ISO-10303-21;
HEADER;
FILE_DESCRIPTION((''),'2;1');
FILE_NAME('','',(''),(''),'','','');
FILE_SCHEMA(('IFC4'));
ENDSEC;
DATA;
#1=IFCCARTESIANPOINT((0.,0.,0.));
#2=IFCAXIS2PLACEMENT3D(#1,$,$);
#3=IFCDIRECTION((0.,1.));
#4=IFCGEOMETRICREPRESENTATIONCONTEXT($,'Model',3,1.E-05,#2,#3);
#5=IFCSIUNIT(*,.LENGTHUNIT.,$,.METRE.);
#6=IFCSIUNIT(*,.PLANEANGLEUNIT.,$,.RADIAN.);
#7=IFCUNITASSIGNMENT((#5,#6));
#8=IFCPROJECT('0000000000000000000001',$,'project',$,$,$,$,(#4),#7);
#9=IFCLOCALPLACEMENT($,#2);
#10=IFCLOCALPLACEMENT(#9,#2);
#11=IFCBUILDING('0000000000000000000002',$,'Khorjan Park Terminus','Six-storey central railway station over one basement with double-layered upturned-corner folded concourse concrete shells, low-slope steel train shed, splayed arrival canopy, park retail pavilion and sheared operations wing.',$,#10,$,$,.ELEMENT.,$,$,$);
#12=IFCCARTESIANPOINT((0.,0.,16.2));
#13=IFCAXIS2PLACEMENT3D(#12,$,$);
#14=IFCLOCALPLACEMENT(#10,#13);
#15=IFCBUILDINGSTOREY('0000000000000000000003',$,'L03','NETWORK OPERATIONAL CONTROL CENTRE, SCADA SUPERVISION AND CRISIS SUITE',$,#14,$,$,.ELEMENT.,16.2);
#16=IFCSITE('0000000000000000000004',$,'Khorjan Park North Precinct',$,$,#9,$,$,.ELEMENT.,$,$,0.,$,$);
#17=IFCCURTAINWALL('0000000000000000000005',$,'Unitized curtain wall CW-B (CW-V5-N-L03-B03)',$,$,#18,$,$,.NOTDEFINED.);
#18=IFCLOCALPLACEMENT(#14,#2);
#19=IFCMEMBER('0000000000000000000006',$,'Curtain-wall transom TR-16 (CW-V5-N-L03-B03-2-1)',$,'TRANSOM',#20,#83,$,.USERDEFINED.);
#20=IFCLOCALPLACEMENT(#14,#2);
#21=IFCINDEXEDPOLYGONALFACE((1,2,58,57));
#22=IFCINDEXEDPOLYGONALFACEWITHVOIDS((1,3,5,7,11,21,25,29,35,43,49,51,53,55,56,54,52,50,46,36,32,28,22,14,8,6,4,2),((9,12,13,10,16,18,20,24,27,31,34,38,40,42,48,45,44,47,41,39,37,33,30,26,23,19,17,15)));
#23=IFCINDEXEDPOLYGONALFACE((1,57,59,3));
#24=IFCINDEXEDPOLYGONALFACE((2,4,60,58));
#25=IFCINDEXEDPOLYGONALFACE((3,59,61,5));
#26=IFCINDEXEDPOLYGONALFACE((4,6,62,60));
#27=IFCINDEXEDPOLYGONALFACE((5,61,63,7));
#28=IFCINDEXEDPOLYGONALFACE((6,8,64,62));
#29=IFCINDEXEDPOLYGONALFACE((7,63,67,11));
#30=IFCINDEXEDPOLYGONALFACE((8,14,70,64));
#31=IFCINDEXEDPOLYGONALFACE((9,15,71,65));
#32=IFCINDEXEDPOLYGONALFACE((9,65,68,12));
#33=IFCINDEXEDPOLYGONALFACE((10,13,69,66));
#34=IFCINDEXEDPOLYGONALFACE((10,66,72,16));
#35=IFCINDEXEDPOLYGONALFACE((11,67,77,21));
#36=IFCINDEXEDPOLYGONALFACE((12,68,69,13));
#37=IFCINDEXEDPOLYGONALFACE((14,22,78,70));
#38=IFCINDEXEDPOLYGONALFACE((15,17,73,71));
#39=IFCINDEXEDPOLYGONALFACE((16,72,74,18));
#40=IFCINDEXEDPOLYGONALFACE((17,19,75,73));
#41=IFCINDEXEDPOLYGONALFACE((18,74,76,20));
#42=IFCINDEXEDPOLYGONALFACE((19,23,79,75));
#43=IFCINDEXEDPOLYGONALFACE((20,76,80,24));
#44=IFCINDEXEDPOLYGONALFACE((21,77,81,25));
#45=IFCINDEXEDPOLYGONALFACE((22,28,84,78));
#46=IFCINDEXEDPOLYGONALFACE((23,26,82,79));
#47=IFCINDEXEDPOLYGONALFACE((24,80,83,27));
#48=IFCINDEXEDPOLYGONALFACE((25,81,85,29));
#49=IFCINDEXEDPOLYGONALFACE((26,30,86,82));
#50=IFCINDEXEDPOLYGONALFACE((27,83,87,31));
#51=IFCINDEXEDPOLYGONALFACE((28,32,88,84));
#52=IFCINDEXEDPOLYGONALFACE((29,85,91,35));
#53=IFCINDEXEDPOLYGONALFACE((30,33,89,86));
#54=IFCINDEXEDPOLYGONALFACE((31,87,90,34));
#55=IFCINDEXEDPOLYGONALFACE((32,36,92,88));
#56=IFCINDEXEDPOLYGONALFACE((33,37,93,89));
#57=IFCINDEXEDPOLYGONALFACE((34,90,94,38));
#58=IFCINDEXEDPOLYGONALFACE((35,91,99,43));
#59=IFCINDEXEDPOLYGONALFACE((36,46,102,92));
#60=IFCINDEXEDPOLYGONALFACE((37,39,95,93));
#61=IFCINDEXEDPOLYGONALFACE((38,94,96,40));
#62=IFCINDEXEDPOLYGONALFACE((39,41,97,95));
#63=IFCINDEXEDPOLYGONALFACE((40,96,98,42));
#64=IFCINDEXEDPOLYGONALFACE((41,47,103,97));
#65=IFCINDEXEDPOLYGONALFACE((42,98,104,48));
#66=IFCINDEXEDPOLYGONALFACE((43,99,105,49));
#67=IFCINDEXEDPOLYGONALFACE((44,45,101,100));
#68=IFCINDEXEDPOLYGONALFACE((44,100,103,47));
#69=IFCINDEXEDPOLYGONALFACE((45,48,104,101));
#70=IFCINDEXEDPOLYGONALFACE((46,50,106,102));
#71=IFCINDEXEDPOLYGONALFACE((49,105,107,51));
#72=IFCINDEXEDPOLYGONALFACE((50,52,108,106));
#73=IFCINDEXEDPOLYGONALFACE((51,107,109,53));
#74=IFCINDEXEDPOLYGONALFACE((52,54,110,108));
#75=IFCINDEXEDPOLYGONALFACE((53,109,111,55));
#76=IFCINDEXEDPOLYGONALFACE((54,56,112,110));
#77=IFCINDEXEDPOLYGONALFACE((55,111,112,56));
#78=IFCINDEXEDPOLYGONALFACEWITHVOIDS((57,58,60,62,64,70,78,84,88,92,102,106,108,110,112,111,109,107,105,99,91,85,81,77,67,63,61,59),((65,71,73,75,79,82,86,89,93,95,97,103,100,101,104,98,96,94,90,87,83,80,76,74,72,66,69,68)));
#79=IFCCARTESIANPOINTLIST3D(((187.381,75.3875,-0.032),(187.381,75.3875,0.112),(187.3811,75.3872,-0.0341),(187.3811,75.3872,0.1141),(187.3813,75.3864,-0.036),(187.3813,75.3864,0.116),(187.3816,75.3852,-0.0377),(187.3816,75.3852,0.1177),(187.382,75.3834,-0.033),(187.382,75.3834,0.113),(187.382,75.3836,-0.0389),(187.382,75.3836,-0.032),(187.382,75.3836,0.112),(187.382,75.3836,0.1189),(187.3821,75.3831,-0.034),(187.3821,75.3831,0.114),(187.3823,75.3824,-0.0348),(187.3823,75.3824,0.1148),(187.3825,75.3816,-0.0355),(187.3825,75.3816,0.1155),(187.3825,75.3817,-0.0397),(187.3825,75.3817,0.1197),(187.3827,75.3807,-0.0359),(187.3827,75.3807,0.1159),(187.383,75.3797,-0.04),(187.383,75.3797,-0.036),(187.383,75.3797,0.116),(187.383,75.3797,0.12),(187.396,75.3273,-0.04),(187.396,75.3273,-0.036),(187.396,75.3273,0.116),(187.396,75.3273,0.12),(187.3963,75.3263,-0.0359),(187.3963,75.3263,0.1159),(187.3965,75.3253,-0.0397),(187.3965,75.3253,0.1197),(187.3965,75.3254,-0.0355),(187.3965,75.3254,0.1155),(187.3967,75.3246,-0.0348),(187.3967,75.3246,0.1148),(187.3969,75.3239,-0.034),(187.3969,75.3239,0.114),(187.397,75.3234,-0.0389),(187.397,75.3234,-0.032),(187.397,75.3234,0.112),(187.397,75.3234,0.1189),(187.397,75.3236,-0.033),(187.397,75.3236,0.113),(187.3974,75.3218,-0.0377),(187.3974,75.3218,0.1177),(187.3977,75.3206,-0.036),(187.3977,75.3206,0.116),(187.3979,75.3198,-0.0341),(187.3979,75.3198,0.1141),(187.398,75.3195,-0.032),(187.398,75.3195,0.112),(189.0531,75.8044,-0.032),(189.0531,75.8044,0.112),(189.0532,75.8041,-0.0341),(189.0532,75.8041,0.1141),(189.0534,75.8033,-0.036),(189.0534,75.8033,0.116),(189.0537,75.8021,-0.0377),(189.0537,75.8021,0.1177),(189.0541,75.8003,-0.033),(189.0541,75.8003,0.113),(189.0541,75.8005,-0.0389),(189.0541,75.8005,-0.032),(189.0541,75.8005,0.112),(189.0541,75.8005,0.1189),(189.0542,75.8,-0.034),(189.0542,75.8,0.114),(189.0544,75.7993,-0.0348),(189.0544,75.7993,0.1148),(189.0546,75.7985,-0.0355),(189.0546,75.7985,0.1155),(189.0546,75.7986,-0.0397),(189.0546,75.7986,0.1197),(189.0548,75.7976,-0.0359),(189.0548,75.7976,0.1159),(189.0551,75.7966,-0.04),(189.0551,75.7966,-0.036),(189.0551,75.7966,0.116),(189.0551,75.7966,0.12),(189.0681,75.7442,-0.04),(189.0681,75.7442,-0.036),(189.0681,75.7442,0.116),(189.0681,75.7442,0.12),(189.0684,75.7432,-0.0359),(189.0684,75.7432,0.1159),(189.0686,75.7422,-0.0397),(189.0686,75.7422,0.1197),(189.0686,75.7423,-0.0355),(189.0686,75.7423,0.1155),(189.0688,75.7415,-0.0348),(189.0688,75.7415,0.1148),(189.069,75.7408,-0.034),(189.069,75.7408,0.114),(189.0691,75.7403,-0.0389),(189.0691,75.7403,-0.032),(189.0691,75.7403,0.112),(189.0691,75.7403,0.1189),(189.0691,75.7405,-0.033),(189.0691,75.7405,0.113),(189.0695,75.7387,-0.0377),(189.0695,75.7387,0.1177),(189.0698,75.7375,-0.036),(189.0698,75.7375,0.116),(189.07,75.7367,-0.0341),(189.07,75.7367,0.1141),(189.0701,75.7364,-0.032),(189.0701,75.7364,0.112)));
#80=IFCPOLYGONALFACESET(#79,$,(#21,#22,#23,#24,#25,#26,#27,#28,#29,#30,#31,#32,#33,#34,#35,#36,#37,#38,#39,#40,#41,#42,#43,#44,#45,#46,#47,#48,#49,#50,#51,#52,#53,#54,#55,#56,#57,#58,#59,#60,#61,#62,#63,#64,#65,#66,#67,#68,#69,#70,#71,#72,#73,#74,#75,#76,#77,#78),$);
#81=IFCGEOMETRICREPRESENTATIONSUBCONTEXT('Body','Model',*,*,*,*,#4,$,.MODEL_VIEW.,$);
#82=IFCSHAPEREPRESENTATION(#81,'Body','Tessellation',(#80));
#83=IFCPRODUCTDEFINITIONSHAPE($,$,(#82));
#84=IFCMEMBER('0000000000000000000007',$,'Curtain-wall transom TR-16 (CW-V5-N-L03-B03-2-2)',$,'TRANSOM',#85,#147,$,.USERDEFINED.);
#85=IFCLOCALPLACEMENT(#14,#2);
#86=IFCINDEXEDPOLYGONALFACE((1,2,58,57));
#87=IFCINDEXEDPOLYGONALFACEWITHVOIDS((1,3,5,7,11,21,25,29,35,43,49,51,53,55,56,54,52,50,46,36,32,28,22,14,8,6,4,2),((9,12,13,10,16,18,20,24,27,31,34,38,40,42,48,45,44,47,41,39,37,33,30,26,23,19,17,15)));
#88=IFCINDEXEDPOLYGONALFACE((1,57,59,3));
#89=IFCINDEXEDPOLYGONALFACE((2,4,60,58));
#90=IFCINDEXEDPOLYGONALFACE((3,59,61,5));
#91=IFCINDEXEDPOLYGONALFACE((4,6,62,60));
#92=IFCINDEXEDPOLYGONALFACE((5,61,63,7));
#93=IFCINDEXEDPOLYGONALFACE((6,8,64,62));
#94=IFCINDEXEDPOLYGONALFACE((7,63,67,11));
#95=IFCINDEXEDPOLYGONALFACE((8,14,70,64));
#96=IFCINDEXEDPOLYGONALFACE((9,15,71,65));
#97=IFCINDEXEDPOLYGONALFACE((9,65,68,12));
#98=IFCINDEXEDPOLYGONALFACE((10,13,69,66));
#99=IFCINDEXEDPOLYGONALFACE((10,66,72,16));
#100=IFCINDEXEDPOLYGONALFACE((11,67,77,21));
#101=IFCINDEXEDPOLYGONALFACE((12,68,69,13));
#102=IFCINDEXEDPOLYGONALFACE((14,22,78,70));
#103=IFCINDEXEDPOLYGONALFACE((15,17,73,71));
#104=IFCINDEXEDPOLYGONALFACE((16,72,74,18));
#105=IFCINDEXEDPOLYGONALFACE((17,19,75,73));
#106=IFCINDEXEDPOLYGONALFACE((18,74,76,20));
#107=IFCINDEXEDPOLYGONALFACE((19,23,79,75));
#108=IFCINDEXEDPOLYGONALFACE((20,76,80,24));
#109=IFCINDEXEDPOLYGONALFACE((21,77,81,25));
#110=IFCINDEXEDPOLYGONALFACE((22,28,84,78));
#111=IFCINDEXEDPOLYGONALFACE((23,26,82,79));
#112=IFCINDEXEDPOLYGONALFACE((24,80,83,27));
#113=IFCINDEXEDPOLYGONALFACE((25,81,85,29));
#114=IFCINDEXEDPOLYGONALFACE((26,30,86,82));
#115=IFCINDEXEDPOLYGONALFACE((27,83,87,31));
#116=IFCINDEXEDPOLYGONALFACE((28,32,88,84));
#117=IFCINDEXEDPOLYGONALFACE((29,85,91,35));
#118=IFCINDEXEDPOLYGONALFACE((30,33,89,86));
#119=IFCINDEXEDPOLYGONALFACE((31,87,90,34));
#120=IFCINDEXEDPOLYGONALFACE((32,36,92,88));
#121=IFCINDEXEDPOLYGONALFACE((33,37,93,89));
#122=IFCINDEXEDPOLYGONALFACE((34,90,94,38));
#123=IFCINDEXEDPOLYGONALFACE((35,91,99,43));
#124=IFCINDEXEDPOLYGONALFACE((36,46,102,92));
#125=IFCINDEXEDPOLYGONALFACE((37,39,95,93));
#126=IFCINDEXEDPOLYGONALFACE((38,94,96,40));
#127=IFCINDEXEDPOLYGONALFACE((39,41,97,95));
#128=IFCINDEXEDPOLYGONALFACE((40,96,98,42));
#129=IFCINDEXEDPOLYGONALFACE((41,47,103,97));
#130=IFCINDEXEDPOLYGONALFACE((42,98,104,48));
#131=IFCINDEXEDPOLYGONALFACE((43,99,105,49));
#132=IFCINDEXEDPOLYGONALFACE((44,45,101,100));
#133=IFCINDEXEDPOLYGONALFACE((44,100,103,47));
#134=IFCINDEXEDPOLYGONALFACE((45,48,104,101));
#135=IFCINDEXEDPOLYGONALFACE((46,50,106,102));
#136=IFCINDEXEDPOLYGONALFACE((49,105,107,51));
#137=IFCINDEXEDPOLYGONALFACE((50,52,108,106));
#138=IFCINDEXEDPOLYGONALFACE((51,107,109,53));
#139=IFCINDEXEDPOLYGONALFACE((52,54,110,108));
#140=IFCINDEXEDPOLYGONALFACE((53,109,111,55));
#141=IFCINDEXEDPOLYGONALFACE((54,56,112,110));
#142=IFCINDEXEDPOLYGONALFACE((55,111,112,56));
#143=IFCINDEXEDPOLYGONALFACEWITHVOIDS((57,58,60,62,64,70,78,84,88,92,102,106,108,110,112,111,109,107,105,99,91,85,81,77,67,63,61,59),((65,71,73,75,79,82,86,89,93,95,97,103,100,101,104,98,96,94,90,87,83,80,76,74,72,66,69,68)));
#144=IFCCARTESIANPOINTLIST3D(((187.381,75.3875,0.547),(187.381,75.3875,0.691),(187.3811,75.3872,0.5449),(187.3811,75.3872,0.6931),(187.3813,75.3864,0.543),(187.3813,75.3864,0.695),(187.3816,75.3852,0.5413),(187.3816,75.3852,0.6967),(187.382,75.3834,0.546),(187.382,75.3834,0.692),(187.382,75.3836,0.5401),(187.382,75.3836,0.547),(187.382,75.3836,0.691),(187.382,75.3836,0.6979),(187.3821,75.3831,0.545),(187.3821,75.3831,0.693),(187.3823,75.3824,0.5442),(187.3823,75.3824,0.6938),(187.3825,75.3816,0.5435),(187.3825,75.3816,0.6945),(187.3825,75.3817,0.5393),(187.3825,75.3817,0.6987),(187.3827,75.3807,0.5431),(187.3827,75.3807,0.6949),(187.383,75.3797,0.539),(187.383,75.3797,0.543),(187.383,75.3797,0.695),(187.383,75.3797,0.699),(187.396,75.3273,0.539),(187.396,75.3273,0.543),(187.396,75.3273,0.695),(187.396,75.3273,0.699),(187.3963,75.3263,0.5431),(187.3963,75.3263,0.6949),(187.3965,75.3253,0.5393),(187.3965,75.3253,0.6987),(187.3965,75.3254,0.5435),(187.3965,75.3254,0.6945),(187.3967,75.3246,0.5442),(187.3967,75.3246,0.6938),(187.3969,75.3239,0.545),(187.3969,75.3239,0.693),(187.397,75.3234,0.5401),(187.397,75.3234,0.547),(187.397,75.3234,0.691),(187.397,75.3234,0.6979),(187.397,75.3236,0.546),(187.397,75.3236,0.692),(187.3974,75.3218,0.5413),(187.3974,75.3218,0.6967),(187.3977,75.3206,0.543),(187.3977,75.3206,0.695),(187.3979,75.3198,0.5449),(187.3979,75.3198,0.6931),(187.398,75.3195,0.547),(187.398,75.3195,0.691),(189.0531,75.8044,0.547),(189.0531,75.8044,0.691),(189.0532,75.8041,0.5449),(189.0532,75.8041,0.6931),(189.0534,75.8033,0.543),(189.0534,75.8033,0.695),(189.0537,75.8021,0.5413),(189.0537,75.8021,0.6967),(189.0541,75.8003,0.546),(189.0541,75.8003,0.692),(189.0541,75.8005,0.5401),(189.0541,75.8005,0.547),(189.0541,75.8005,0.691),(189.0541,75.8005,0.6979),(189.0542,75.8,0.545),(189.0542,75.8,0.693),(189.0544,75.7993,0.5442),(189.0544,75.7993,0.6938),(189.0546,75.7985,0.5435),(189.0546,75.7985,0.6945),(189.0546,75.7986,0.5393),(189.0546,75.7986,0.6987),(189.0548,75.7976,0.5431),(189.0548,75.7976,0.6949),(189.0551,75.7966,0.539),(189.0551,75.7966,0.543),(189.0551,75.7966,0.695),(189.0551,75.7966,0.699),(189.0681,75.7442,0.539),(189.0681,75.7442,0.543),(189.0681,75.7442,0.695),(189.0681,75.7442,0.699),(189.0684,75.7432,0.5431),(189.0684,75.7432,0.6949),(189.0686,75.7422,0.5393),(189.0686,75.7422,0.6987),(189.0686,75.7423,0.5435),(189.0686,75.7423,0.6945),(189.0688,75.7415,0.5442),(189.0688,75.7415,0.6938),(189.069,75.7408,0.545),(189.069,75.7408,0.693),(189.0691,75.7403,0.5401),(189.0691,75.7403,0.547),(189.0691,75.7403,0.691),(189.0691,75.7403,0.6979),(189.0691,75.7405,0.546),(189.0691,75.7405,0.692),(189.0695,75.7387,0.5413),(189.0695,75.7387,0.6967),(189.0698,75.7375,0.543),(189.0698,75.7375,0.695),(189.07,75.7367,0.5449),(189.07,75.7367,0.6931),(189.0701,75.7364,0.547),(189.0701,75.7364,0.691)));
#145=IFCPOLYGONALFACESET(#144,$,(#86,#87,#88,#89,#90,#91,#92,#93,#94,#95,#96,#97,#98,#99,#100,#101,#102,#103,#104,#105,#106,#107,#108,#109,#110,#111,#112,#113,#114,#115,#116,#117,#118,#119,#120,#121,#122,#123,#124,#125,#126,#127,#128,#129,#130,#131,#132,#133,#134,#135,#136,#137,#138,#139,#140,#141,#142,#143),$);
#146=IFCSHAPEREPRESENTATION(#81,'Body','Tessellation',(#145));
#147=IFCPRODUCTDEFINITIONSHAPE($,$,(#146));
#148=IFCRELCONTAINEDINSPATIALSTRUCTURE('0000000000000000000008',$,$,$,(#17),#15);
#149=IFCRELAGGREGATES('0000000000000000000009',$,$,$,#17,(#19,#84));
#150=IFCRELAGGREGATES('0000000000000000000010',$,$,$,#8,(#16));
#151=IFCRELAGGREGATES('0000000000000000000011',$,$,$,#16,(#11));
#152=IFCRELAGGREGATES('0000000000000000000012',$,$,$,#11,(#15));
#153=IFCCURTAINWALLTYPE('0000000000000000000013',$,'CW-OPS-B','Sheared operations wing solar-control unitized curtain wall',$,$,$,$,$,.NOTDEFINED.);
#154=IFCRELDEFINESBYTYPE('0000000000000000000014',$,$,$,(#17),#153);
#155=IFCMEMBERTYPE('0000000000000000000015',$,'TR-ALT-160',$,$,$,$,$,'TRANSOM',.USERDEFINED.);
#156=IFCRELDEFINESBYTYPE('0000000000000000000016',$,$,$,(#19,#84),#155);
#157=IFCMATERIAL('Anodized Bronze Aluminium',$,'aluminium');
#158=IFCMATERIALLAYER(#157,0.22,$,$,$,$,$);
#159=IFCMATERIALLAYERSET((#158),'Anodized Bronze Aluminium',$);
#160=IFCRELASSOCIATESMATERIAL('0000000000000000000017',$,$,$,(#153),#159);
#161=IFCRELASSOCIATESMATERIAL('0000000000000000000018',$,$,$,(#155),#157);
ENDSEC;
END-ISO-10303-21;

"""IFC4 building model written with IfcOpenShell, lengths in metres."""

from ifc_helpers import new_model, si_unit, direction, frame, origin, origin_2d, place, context, subcontext, project, spatial, hollow_rectangle, extrude, material, layer, layer_set, material_profile, profile_set, type_object, element, aggregate, save


model = new_model("IFC4")

# Units and contexts
model_context = context("Model", 3, precision=1e-05, world=origin(), true_north=direction((0.0, 1.0)))
body_context = subcontext(model_context, "Body", "Model", "MODEL_VIEW")
ifc_project = project(units=[si_unit("LENGTHUNIT", "METRE"), si_unit("PLANEANGLEUNIT", "RADIAN")], contexts=[model_context])

# Site, building, storey
site_placement = place(None, origin())
site = spatial("IfcSite", under=ifc_project, at=site_placement, Name="Khorjan Park North Precinct", CompositionType="ELEMENT", RefElevation=0.0)
building_placement = place(site_placement, origin())
building = spatial("IfcBuilding", under=site, at=building_placement, Name="Khorjan Park Terminus", Description="Six-storey central railway station over one basement with double-layered upturned-corner folded concourse concrete shells, low-slope steel train shed, splayed arrival canopy, park retail pavilion and sheared operations wing.", CompositionType="ELEMENT")
storey_placement = place(building_placement, frame((0.0, 0.0, 16.2)))
storey = spatial("IfcBuildingStorey", under=building, at=storey_placement, Name="L03", Description="NETWORK OPERATIONAL CONTROL CENTRE, SCADA SUPERVISION AND CRISIS SUITE", CompositionType="ELEMENT", Elevation=16.2)

# Curtain wall, members
ifc_material_1 = material(Name="Anodized Bronze Aluminium", Category="aluminium")
ifc_layer_1 = layer(ifc_material_1, 0.22)
ifc_layer_set_1 = layer_set([ifc_layer_1], Name="Anodized Bronze Aluminium")
curtain_wall_type = type_object("IfcCurtainWallType", Name="CW-OPS-B", Description="Sheared operations wing solar-control unitized curtain wall", PredefinedType="NOTDEFINED", material=ifc_layer_set_1)
curtain_wall_placement = place(storey_placement, origin())
curtain_wall = element("IfcCurtainWall", 1, at=curtain_wall_placement, inside=storey, type_object=curtain_wall_type, Name="Unitized curtain wall CW-B (CW-V5-N-L03-B03)", PredefinedType="NOTDEFINED")
ifc_material_profile_1 = material_profile(ifc_material_1, hollow_rectangle(XDim=0.07, YDim=0.16, WallThickness=0.004, InnerFilletRadius=0.004, OuterFilletRadius=0.008, at=origin_2d()), Name="ALT 70x160x4")
ifc_profile_set_1 = profile_set([ifc_material_profile_1], Name="Anodized Bronze Aluminium")
member_type_1 = type_object("IfcMemberType", Name="TR-ALT-160", ElementType="TRANSOM", PredefinedType="USERDEFINED", material=ifc_profile_set_1)
member_1_placement = place(storey_placement, frame((189.0616, 75.7704, 0.04), z_axis=(-0.970296, -0.241921, 0.0), x_axis=(0.241921, -0.970296, 0.0)))
member_1 = element("IfcMember", 2, at=member_1_placement, type_object=member_type_1, Name="Curtain-wall transom TR-16 (CW-V5-N-L03-B03-2-1)", ObjectType="TRANSOM", PredefinedType="USERDEFINED", context=body_context, shape_type="SweptSolid", body=[
    extrude(hollow_rectangle(XDim=0.07, YDim=0.16, WallThickness=0.004, InnerFilletRadius=0.004, OuterFilletRadius=0.008, at=origin_2d()), origin(), (0.0, 0.0, 1.0), 1.7233),
])
member_2_placement = place(storey_placement, frame((189.0616, 75.7704, 0.619), z_axis=(-0.970296, -0.241921, 0.0), x_axis=(0.241921, -0.970296, 0.0)))
member_2 = element("IfcMember", 3, at=member_2_placement, type_object=member_type_1, Name="Curtain-wall transom TR-16 (CW-V5-N-L03-B03-2-2)", ObjectType="TRANSOM", PredefinedType="USERDEFINED", context=body_context, shape_type="SweptSolid", body=[
    extrude(hollow_rectangle(XDim=0.07, YDim=0.16, WallThickness=0.004, InnerFilletRadius=0.004, OuterFilletRadius=0.008, at=origin_2d()), origin(), (0.0, 0.0, 1.0), 1.7233),
])
aggregate(curtain_wall, [member_1, member_2])

save(model, "model.ifc")
